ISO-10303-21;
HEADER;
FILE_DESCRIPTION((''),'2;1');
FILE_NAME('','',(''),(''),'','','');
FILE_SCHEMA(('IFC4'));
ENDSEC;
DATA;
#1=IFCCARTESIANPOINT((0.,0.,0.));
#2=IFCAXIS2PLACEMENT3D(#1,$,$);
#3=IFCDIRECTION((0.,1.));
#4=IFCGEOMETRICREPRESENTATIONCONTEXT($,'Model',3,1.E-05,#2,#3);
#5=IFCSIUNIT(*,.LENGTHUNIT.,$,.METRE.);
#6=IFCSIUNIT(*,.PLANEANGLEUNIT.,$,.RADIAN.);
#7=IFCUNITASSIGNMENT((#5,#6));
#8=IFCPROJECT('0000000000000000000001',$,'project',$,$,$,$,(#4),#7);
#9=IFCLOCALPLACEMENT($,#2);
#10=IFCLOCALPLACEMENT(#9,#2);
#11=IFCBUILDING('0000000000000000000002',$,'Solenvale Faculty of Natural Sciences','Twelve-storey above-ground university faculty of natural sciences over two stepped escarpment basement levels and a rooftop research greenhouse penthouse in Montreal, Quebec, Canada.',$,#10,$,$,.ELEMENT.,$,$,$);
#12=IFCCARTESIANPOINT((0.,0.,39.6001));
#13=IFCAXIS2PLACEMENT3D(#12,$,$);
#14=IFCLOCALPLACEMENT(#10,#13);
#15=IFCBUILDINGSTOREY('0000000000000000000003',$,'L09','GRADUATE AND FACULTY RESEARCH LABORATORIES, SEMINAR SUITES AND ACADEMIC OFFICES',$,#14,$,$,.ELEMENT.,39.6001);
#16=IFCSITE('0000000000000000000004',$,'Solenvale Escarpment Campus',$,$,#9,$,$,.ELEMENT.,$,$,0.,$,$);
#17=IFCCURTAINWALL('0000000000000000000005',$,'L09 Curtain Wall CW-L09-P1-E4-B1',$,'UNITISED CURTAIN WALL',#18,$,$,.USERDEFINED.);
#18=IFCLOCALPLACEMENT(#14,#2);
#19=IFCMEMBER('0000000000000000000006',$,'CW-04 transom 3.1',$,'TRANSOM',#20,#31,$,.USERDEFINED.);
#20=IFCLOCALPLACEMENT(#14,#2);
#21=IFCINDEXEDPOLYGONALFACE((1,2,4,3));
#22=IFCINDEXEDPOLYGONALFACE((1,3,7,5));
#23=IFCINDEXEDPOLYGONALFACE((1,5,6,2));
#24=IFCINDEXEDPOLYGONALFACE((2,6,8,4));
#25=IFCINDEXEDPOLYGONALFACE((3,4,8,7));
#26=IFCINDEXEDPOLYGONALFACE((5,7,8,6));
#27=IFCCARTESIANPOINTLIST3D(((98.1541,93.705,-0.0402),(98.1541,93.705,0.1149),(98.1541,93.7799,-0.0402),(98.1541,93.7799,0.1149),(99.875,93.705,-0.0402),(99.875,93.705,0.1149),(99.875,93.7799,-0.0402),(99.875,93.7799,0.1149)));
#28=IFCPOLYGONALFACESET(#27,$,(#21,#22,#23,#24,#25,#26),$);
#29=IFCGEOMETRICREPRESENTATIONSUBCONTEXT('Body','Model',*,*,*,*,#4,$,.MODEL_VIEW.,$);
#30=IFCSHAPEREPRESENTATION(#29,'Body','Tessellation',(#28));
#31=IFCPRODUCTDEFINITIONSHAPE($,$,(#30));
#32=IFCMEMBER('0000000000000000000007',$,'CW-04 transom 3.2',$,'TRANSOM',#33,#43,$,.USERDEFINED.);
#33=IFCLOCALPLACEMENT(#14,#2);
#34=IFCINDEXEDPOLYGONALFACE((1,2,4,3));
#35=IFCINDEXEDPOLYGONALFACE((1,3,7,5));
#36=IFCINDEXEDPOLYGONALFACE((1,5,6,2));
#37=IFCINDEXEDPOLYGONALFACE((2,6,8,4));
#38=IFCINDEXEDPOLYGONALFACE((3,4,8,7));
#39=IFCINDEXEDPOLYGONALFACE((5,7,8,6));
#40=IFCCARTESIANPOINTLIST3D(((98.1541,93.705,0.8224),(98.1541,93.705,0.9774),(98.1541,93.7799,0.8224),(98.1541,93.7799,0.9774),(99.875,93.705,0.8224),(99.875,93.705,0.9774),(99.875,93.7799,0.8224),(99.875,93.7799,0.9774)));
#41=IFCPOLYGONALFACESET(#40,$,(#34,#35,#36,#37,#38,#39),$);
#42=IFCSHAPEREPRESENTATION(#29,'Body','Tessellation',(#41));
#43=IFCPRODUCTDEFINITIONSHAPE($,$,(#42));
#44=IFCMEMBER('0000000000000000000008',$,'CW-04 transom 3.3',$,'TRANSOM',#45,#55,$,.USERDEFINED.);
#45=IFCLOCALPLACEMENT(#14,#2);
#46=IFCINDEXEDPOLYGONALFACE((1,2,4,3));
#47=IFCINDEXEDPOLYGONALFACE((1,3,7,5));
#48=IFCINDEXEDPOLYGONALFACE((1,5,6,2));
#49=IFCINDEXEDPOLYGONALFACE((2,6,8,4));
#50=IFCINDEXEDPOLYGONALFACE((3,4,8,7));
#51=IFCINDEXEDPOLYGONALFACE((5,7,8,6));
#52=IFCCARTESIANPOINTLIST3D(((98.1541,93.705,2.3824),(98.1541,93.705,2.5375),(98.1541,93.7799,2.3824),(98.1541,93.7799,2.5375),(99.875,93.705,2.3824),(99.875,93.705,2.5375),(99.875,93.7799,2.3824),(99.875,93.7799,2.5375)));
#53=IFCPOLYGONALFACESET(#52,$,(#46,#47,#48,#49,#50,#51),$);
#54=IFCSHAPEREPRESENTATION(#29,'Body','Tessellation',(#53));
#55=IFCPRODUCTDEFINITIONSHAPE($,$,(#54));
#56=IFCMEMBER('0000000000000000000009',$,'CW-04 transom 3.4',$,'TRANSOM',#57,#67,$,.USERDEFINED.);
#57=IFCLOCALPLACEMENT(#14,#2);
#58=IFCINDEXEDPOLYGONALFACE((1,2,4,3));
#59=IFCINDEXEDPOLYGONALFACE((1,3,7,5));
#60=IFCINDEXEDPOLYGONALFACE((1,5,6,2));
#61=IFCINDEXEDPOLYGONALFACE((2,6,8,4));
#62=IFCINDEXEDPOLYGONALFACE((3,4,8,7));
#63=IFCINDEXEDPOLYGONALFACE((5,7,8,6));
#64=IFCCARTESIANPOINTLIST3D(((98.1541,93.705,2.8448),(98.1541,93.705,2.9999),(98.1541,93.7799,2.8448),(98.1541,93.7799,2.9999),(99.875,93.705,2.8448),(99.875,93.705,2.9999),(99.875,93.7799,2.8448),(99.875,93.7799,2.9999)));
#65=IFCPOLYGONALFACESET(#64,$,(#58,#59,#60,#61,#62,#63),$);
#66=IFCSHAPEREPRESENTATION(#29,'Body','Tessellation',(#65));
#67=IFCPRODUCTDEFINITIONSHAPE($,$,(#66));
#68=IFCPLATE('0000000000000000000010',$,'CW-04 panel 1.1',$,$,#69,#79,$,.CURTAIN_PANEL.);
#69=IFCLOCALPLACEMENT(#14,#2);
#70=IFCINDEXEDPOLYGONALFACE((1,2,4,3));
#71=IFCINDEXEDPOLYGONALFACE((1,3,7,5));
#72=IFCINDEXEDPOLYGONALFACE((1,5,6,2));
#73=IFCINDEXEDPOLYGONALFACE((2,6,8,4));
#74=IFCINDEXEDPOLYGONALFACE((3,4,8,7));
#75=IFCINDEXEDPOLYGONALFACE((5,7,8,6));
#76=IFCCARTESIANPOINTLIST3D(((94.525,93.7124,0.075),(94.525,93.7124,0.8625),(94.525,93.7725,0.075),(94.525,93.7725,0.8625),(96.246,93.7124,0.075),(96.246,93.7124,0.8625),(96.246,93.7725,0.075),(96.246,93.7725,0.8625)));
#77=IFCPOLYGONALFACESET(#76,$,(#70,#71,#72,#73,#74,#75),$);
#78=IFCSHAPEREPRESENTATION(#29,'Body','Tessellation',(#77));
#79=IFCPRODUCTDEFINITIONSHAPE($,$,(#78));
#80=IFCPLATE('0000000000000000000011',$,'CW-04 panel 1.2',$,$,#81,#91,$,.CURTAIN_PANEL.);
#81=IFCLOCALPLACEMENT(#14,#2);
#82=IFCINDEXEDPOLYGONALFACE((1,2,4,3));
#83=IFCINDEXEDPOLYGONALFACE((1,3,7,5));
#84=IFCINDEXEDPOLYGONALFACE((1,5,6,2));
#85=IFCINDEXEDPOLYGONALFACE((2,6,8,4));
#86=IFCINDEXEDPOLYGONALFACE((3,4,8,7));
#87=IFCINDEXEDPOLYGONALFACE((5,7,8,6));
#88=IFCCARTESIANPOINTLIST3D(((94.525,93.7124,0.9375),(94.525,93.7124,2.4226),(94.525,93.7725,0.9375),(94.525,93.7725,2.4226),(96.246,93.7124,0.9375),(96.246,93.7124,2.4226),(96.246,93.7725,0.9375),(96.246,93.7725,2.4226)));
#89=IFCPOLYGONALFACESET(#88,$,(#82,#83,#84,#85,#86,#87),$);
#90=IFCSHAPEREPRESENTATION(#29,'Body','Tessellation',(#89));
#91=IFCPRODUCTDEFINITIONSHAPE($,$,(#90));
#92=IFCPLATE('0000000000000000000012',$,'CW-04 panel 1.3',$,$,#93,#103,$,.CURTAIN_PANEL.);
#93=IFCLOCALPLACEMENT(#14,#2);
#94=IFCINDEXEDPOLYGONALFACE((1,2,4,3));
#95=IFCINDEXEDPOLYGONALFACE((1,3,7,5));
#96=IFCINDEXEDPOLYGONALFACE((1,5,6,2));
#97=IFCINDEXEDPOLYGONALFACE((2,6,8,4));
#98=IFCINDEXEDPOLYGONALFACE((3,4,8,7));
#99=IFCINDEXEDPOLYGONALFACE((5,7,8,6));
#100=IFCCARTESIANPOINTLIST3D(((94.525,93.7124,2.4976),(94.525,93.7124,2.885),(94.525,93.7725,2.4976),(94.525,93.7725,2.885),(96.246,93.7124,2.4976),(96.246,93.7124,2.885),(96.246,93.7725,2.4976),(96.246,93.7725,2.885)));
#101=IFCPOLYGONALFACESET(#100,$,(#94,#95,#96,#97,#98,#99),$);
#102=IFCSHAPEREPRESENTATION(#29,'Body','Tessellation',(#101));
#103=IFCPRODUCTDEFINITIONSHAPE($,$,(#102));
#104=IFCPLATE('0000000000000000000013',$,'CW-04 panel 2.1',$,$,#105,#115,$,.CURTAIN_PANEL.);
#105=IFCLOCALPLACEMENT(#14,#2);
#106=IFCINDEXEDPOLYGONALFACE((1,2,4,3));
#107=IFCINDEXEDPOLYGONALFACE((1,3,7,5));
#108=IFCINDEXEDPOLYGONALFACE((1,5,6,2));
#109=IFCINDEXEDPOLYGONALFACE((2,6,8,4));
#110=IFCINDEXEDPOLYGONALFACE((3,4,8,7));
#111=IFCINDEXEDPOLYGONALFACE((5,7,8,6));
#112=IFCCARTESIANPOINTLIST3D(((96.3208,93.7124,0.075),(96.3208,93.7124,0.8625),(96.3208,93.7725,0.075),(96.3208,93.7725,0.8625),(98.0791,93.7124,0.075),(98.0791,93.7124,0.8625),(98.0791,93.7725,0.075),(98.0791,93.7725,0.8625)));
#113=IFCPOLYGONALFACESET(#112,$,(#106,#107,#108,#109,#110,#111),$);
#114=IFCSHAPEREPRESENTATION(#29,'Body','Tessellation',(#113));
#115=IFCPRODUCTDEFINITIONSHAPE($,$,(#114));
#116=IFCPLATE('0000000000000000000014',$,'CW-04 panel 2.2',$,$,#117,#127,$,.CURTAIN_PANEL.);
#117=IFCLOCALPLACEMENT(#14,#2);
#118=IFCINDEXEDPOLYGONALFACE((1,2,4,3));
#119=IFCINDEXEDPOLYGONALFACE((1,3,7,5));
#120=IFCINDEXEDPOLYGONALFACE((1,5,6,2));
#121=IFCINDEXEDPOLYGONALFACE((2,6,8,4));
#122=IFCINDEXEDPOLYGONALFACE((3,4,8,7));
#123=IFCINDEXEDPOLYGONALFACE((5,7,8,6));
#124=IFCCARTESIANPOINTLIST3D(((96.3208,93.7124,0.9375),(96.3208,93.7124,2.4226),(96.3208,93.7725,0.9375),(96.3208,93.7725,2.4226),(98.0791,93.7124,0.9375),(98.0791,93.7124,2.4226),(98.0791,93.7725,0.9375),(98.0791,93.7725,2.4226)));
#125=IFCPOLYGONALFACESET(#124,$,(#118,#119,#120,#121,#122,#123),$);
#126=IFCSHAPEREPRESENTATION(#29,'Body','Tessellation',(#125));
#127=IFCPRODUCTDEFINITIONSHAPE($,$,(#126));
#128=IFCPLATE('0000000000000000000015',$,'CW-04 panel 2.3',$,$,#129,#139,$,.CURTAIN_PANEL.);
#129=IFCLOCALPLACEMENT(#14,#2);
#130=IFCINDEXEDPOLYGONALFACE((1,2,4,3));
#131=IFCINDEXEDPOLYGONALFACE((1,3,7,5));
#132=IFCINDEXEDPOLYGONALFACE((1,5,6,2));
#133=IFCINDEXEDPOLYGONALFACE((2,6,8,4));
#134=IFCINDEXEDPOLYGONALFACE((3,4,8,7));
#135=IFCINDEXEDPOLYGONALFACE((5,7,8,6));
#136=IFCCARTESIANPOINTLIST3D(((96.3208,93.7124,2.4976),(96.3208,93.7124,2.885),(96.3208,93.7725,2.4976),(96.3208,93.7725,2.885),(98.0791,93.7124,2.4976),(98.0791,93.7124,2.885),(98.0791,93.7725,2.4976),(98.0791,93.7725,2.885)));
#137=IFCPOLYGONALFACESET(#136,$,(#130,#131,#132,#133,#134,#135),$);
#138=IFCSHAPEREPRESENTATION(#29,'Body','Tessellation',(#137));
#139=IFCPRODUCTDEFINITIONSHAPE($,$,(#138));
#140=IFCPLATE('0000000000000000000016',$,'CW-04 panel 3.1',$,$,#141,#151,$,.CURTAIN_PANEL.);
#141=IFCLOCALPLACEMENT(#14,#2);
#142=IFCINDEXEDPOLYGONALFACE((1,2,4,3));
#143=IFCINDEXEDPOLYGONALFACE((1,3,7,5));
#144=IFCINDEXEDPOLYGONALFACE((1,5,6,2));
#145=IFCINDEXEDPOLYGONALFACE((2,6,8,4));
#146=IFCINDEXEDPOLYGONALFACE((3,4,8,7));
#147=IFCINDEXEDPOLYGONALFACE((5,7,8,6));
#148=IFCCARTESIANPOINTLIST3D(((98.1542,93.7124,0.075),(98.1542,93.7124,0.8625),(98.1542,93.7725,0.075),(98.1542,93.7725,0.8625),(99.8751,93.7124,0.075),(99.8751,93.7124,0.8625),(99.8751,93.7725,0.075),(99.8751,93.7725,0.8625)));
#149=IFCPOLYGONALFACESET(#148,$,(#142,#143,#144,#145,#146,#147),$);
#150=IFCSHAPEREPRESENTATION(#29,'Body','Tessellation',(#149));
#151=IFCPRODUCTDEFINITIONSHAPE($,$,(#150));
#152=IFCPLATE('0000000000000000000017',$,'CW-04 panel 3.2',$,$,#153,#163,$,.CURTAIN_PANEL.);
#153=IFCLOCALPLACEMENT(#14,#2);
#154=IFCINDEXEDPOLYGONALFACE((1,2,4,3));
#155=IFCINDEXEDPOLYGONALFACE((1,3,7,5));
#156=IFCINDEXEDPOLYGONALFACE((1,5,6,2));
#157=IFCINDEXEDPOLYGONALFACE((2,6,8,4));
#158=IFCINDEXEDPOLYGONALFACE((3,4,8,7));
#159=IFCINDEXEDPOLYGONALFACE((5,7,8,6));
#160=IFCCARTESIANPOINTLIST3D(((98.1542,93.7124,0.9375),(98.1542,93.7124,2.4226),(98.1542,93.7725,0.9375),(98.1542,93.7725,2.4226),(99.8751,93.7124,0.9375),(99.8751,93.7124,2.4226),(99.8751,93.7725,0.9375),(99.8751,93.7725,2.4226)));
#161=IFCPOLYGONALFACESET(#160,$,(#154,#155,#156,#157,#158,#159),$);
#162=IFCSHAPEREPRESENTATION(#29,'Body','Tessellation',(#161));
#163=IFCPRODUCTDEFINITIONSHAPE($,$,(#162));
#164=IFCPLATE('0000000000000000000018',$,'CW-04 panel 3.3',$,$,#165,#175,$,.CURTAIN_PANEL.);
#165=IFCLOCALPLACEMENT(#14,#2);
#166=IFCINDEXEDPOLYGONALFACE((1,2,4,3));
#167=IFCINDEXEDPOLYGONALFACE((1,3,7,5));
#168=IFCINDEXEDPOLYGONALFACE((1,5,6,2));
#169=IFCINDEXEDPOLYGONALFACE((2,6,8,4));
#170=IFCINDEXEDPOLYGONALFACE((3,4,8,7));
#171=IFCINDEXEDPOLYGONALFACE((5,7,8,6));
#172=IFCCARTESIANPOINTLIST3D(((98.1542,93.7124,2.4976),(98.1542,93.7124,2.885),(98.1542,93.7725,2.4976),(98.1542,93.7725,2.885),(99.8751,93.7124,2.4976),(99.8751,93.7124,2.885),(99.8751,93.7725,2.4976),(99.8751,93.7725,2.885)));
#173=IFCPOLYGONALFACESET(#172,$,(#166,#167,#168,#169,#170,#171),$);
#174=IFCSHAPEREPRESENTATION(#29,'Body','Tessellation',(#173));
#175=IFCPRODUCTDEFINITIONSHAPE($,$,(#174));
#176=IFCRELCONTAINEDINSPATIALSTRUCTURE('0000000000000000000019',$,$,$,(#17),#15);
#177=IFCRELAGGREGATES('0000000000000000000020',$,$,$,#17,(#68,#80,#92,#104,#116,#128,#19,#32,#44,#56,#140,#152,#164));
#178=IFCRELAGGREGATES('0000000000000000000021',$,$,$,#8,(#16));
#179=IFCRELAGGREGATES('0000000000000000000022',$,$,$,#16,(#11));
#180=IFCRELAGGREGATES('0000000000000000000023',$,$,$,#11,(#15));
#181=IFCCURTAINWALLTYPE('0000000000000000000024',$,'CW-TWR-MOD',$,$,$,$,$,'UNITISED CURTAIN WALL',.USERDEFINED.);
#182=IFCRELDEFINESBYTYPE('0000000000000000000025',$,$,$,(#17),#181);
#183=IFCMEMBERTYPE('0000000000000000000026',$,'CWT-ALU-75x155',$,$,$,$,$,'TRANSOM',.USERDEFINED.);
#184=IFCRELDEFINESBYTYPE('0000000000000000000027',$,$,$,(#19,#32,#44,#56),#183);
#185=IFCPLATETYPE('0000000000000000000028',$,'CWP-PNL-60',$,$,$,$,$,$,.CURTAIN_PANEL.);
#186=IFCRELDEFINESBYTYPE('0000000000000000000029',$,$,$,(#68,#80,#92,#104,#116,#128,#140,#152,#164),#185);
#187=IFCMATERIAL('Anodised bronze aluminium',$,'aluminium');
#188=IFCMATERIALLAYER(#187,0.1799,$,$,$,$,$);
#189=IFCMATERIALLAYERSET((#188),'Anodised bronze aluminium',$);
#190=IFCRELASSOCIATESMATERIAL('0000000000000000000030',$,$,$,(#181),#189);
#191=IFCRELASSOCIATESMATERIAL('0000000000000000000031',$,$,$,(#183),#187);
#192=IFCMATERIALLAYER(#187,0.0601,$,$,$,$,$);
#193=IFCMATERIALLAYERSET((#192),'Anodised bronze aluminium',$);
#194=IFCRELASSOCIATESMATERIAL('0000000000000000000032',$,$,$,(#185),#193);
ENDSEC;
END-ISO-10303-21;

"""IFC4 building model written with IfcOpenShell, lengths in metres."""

from ifc_helpers import new_model, si_unit, direction, frame, origin, origin_2d, place, context, subcontext, project, spatial, rectangle, extrude, material, layer, layer_set, material_profile, profile_set, type_object, element, aggregate, save


model = new_model("IFC4")

# Units and contexts
model_context = context("Model", 3, precision=1e-05, world=origin(), true_north=direction((0.0, 1.0)))
body_context = subcontext(model_context, "Body", "Model", "MODEL_VIEW")
ifc_project = project(units=[si_unit("LENGTHUNIT", "METRE"), si_unit("PLANEANGLEUNIT", "RADIAN")], contexts=[model_context])

# Site, building, storey
site_placement = place(None, origin())
site = spatial("IfcSite", under=ifc_project, at=site_placement, Name="Solenvale Escarpment Campus", CompositionType="ELEMENT", RefElevation=0.0)
building_placement = place(site_placement, origin())
building = spatial("IfcBuilding", under=site, at=building_placement, Name="Solenvale Faculty of Natural Sciences", Description="Twelve-storey above-ground university faculty of natural sciences over two stepped escarpment basement levels and a rooftop research greenhouse penthouse in Montreal, Quebec, Canada.", CompositionType="ELEMENT")
storey_placement = place(building_placement, frame((0.0, 0.0, 39.6001)))
storey = spatial("IfcBuildingStorey", under=building, at=storey_placement, Name="L09", Description="GRADUATE AND FACULTY RESEARCH LABORATORIES, SEMINAR SUITES AND ACADEMIC OFFICES", CompositionType="ELEMENT", Elevation=39.6001)

# Shared definitions
ifc_material_1 = material(Name="Anodised bronze aluminium", Category="aluminium")
ifc_layer_1 = layer(ifc_material_1, 0.1799)
ifc_layer_set_1 = layer_set([ifc_layer_1], Name="Anodised bronze aluminium")
curtain_wall_type = type_object("IfcCurtainWallType", Name="CW-TWR-MOD", ElementType="UNITISED CURTAIN WALL", PredefinedType="USERDEFINED", material=ifc_layer_set_1)

# Curtain wall
curtain_wall_1_placement = place(storey_placement, origin())
curtain_wall_1 = element("IfcCurtainWall", 1, at=curtain_wall_1_placement, inside=storey, type_object=curtain_wall_type, Name="L09 Curtain Wall CW-L09-P1-E4-B1", ObjectType="UNITISED CURTAIN WALL", PredefinedType="USERDEFINED")

# Members
ifc_material_profile_1 = material_profile(ifc_material_1, rectangle(XDim=0.075, YDim=0.155, at=origin_2d()), Name="ALU-TRN-75x155")
ifc_profile_set_1 = profile_set([ifc_material_profile_1], Name="Anodised bronze aluminium")
member_type_1 = type_object("IfcMemberType", Name="CWT-ALU-75x155", ElementType="TRANSOM", PredefinedType="USERDEFINED", material=ifc_profile_set_1)
member_1_placement = place(storey_placement, frame((98.1541, 93.7424, 0.0374), z_axis=(1.0, 0.0, 0.0), x_axis=(0.0, 1.0, 0.0)))
member_1 = element("IfcMember", 2, at=member_1_placement, type_object=member_type_1, Name="CW-04 transom 3.1", ObjectType="TRANSOM", PredefinedType="USERDEFINED", context=body_context, shape_type="SweptSolid", body=[
    extrude(rectangle(XDim=0.075, YDim=0.155, at=origin_2d()), origin(), (0.0, 0.0, 1.0), 1.7209),
])
member_2_placement = place(storey_placement, frame((98.1541, 93.7424, 0.8999), z_axis=(1.0, 0.0, 0.0), x_axis=(0.0, 1.0, 0.0)))
member_2 = element("IfcMember", 3, at=member_2_placement, type_object=member_type_1, Name="CW-04 transom 3.2", ObjectType="TRANSOM", PredefinedType="USERDEFINED", context=body_context, shape_type="SweptSolid", body=[
    extrude(rectangle(XDim=0.075, YDim=0.155, at=origin_2d()), origin(), (0.0, 0.0, 1.0), 1.7209),
])
member_3_placement = place(storey_placement, frame((98.1541, 93.7424, 2.46), z_axis=(1.0, 0.0, 0.0), x_axis=(0.0, 1.0, 0.0)))
member_3 = element("IfcMember", 4, at=member_3_placement, type_object=member_type_1, Name="CW-04 transom 3.3", ObjectType="TRANSOM", PredefinedType="USERDEFINED", context=body_context, shape_type="SweptSolid", body=[
    extrude(rectangle(XDim=0.075, YDim=0.155, at=origin_2d()), origin(), (0.0, 0.0, 1.0), 1.7209),
])
member_4_placement = place(storey_placement, frame((98.1541, 93.7424, 2.9224), z_axis=(1.0, 0.0, 0.0), x_axis=(0.0, 1.0, 0.0)))
member_4 = element("IfcMember", 5, at=member_4_placement, type_object=member_type_1, Name="CW-04 transom 3.4", ObjectType="TRANSOM", PredefinedType="USERDEFINED", context=body_context, shape_type="SweptSolid", body=[
    extrude(rectangle(XDim=0.075, YDim=0.155, at=origin_2d()), origin(), (0.0, 0.0, 1.0), 1.7209),
])

# Plates
ifc_layer_2 = layer(ifc_material_1, 0.0601)
ifc_layer_set_2 = layer_set([ifc_layer_2], Name="Anodised bronze aluminium")
plate_type = type_object("IfcPlateType", Name="CWP-PNL-60", PredefinedType="CURTAIN_PANEL", material=ifc_layer_set_2)
plate_1_placement = place(storey_placement, frame((95.3855, 93.7424, 0.075), z_axis=(0.0, 0.0, 1.0), x_axis=(1.0, 0.0, 0.0)))
plate_1 = element("IfcPlate", 6, at=plate_1_placement, type_object=plate_type, Name="CW-04 panel 1.1", PredefinedType="CURTAIN_PANEL", context=body_context, shape_type="SweptSolid", body=[
    extrude(rectangle(XDim=1.7209, YDim=0.0601, at=origin_2d()), origin(), (0.0, 0.0, 1.0), 0.7876),
])
plate_2_placement = place(storey_placement, frame((95.3855, 93.7424, 0.9375), z_axis=(0.0, 0.0, 1.0), x_axis=(1.0, 0.0, 0.0)))
plate_2 = element("IfcPlate", 7, at=plate_2_placement, type_object=plate_type, Name="CW-04 panel 1.2", PredefinedType="CURTAIN_PANEL", context=body_context, shape_type="SweptSolid", body=[
    extrude(rectangle(XDim=1.7209, YDim=0.0601, at=origin_2d()), origin(), (0.0, 0.0, 1.0), 1.4851),
])
plate_3_placement = place(storey_placement, frame((95.3855, 93.7424, 2.4976), z_axis=(0.0, 0.0, 1.0), x_axis=(1.0, 0.0, 0.0)))
plate_3 = element("IfcPlate", 8, at=plate_3_placement, type_object=plate_type, Name="CW-04 panel 1.3", PredefinedType="CURTAIN_PANEL", context=body_context, shape_type="SweptSolid", body=[
    extrude(rectangle(XDim=1.7209, YDim=0.0601, at=origin_2d()), origin(), (0.0, 0.0, 1.0), 0.3875),
])
plate_4_placement = place(storey_placement, frame((97.2, 93.7424, 0.075), z_axis=(0.0, 0.0, 1.0), x_axis=(1.0, 0.0, 0.0)))
plate_4 = element("IfcPlate", 9, at=plate_4_placement, type_object=plate_type, Name="CW-04 panel 2.1", PredefinedType="CURTAIN_PANEL", context=body_context, shape_type="SweptSolid", body=[
    extrude(rectangle(XDim=1.7583, YDim=0.0601, at=origin_2d()), origin(), (0.0, 0.0, 1.0), 0.7876),
])
plate_5_placement = place(storey_placement, frame((97.2, 93.7424, 0.9375), z_axis=(0.0, 0.0, 1.0), x_axis=(1.0, 0.0, 0.0)))
plate_5 = element("IfcPlate", 10, at=plate_5_placement, type_object=plate_type, Name="CW-04 panel 2.2", PredefinedType="CURTAIN_PANEL", context=body_context, shape_type="SweptSolid", body=[
    extrude(rectangle(XDim=1.7583, YDim=0.0601, at=origin_2d()), origin(), (0.0, 0.0, 1.0), 1.4851),
])
plate_6_placement = place(storey_placement, frame((97.2, 93.7424, 2.4976), z_axis=(0.0, 0.0, 1.0), x_axis=(1.0, 0.0, 0.0)))
plate_6 = element("IfcPlate", 11, at=plate_6_placement, type_object=plate_type, Name="CW-04 panel 2.3", PredefinedType="CURTAIN_PANEL", context=body_context, shape_type="SweptSolid", body=[
    extrude(rectangle(XDim=1.7583, YDim=0.0601, at=origin_2d()), origin(), (0.0, 0.0, 1.0), 0.3875),
])
plate_7_placement = place(storey_placement, frame((99.0146, 93.7424, 0.075), z_axis=(0.0, 0.0, 1.0), x_axis=(1.0, 0.0, 0.0)))
plate_7 = element("IfcPlate", 12, at=plate_7_placement, type_object=plate_type, Name="CW-04 panel 3.1", PredefinedType="CURTAIN_PANEL", context=body_context, shape_type="SweptSolid", body=[
    extrude(rectangle(XDim=1.7209, YDim=0.0601, at=origin_2d()), origin(), (0.0, 0.0, 1.0), 0.7876),
])
plate_8_placement = place(storey_placement, frame((99.0146, 93.7424, 0.9375), z_axis=(0.0, 0.0, 1.0), x_axis=(1.0, 0.0, 0.0)))
plate_8 = element("IfcPlate", 13, at=plate_8_placement, type_object=plate_type, Name="CW-04 panel 3.2", PredefinedType="CURTAIN_PANEL", context=body_context, shape_type="SweptSolid", body=[
    extrude(rectangle(XDim=1.7209, YDim=0.0601, at=origin_2d()), origin(), (0.0, 0.0, 1.0), 1.4851),
])
plate_9_placement = place(storey_placement, frame((99.0146, 93.7424, 2.4976), z_axis=(0.0, 0.0, 1.0), x_axis=(1.0, 0.0, 0.0)))
plate_9 = element("IfcPlate", 14, at=plate_9_placement, type_object=plate_type, Name="CW-04 panel 3.3", PredefinedType="CURTAIN_PANEL", context=body_context, shape_type="SweptSolid", body=[
    extrude(rectangle(XDim=1.7209, YDim=0.0601, at=origin_2d()), origin(), (0.0, 0.0, 1.0), 0.3875),
])
aggregate(curtain_wall_1, [plate_1, plate_2, plate_3, plate_4, plate_5, plate_6, member_1, member_2, member_3, member_4, plate_7, plate_8, plate_9])

save(model, "model.ifc")
